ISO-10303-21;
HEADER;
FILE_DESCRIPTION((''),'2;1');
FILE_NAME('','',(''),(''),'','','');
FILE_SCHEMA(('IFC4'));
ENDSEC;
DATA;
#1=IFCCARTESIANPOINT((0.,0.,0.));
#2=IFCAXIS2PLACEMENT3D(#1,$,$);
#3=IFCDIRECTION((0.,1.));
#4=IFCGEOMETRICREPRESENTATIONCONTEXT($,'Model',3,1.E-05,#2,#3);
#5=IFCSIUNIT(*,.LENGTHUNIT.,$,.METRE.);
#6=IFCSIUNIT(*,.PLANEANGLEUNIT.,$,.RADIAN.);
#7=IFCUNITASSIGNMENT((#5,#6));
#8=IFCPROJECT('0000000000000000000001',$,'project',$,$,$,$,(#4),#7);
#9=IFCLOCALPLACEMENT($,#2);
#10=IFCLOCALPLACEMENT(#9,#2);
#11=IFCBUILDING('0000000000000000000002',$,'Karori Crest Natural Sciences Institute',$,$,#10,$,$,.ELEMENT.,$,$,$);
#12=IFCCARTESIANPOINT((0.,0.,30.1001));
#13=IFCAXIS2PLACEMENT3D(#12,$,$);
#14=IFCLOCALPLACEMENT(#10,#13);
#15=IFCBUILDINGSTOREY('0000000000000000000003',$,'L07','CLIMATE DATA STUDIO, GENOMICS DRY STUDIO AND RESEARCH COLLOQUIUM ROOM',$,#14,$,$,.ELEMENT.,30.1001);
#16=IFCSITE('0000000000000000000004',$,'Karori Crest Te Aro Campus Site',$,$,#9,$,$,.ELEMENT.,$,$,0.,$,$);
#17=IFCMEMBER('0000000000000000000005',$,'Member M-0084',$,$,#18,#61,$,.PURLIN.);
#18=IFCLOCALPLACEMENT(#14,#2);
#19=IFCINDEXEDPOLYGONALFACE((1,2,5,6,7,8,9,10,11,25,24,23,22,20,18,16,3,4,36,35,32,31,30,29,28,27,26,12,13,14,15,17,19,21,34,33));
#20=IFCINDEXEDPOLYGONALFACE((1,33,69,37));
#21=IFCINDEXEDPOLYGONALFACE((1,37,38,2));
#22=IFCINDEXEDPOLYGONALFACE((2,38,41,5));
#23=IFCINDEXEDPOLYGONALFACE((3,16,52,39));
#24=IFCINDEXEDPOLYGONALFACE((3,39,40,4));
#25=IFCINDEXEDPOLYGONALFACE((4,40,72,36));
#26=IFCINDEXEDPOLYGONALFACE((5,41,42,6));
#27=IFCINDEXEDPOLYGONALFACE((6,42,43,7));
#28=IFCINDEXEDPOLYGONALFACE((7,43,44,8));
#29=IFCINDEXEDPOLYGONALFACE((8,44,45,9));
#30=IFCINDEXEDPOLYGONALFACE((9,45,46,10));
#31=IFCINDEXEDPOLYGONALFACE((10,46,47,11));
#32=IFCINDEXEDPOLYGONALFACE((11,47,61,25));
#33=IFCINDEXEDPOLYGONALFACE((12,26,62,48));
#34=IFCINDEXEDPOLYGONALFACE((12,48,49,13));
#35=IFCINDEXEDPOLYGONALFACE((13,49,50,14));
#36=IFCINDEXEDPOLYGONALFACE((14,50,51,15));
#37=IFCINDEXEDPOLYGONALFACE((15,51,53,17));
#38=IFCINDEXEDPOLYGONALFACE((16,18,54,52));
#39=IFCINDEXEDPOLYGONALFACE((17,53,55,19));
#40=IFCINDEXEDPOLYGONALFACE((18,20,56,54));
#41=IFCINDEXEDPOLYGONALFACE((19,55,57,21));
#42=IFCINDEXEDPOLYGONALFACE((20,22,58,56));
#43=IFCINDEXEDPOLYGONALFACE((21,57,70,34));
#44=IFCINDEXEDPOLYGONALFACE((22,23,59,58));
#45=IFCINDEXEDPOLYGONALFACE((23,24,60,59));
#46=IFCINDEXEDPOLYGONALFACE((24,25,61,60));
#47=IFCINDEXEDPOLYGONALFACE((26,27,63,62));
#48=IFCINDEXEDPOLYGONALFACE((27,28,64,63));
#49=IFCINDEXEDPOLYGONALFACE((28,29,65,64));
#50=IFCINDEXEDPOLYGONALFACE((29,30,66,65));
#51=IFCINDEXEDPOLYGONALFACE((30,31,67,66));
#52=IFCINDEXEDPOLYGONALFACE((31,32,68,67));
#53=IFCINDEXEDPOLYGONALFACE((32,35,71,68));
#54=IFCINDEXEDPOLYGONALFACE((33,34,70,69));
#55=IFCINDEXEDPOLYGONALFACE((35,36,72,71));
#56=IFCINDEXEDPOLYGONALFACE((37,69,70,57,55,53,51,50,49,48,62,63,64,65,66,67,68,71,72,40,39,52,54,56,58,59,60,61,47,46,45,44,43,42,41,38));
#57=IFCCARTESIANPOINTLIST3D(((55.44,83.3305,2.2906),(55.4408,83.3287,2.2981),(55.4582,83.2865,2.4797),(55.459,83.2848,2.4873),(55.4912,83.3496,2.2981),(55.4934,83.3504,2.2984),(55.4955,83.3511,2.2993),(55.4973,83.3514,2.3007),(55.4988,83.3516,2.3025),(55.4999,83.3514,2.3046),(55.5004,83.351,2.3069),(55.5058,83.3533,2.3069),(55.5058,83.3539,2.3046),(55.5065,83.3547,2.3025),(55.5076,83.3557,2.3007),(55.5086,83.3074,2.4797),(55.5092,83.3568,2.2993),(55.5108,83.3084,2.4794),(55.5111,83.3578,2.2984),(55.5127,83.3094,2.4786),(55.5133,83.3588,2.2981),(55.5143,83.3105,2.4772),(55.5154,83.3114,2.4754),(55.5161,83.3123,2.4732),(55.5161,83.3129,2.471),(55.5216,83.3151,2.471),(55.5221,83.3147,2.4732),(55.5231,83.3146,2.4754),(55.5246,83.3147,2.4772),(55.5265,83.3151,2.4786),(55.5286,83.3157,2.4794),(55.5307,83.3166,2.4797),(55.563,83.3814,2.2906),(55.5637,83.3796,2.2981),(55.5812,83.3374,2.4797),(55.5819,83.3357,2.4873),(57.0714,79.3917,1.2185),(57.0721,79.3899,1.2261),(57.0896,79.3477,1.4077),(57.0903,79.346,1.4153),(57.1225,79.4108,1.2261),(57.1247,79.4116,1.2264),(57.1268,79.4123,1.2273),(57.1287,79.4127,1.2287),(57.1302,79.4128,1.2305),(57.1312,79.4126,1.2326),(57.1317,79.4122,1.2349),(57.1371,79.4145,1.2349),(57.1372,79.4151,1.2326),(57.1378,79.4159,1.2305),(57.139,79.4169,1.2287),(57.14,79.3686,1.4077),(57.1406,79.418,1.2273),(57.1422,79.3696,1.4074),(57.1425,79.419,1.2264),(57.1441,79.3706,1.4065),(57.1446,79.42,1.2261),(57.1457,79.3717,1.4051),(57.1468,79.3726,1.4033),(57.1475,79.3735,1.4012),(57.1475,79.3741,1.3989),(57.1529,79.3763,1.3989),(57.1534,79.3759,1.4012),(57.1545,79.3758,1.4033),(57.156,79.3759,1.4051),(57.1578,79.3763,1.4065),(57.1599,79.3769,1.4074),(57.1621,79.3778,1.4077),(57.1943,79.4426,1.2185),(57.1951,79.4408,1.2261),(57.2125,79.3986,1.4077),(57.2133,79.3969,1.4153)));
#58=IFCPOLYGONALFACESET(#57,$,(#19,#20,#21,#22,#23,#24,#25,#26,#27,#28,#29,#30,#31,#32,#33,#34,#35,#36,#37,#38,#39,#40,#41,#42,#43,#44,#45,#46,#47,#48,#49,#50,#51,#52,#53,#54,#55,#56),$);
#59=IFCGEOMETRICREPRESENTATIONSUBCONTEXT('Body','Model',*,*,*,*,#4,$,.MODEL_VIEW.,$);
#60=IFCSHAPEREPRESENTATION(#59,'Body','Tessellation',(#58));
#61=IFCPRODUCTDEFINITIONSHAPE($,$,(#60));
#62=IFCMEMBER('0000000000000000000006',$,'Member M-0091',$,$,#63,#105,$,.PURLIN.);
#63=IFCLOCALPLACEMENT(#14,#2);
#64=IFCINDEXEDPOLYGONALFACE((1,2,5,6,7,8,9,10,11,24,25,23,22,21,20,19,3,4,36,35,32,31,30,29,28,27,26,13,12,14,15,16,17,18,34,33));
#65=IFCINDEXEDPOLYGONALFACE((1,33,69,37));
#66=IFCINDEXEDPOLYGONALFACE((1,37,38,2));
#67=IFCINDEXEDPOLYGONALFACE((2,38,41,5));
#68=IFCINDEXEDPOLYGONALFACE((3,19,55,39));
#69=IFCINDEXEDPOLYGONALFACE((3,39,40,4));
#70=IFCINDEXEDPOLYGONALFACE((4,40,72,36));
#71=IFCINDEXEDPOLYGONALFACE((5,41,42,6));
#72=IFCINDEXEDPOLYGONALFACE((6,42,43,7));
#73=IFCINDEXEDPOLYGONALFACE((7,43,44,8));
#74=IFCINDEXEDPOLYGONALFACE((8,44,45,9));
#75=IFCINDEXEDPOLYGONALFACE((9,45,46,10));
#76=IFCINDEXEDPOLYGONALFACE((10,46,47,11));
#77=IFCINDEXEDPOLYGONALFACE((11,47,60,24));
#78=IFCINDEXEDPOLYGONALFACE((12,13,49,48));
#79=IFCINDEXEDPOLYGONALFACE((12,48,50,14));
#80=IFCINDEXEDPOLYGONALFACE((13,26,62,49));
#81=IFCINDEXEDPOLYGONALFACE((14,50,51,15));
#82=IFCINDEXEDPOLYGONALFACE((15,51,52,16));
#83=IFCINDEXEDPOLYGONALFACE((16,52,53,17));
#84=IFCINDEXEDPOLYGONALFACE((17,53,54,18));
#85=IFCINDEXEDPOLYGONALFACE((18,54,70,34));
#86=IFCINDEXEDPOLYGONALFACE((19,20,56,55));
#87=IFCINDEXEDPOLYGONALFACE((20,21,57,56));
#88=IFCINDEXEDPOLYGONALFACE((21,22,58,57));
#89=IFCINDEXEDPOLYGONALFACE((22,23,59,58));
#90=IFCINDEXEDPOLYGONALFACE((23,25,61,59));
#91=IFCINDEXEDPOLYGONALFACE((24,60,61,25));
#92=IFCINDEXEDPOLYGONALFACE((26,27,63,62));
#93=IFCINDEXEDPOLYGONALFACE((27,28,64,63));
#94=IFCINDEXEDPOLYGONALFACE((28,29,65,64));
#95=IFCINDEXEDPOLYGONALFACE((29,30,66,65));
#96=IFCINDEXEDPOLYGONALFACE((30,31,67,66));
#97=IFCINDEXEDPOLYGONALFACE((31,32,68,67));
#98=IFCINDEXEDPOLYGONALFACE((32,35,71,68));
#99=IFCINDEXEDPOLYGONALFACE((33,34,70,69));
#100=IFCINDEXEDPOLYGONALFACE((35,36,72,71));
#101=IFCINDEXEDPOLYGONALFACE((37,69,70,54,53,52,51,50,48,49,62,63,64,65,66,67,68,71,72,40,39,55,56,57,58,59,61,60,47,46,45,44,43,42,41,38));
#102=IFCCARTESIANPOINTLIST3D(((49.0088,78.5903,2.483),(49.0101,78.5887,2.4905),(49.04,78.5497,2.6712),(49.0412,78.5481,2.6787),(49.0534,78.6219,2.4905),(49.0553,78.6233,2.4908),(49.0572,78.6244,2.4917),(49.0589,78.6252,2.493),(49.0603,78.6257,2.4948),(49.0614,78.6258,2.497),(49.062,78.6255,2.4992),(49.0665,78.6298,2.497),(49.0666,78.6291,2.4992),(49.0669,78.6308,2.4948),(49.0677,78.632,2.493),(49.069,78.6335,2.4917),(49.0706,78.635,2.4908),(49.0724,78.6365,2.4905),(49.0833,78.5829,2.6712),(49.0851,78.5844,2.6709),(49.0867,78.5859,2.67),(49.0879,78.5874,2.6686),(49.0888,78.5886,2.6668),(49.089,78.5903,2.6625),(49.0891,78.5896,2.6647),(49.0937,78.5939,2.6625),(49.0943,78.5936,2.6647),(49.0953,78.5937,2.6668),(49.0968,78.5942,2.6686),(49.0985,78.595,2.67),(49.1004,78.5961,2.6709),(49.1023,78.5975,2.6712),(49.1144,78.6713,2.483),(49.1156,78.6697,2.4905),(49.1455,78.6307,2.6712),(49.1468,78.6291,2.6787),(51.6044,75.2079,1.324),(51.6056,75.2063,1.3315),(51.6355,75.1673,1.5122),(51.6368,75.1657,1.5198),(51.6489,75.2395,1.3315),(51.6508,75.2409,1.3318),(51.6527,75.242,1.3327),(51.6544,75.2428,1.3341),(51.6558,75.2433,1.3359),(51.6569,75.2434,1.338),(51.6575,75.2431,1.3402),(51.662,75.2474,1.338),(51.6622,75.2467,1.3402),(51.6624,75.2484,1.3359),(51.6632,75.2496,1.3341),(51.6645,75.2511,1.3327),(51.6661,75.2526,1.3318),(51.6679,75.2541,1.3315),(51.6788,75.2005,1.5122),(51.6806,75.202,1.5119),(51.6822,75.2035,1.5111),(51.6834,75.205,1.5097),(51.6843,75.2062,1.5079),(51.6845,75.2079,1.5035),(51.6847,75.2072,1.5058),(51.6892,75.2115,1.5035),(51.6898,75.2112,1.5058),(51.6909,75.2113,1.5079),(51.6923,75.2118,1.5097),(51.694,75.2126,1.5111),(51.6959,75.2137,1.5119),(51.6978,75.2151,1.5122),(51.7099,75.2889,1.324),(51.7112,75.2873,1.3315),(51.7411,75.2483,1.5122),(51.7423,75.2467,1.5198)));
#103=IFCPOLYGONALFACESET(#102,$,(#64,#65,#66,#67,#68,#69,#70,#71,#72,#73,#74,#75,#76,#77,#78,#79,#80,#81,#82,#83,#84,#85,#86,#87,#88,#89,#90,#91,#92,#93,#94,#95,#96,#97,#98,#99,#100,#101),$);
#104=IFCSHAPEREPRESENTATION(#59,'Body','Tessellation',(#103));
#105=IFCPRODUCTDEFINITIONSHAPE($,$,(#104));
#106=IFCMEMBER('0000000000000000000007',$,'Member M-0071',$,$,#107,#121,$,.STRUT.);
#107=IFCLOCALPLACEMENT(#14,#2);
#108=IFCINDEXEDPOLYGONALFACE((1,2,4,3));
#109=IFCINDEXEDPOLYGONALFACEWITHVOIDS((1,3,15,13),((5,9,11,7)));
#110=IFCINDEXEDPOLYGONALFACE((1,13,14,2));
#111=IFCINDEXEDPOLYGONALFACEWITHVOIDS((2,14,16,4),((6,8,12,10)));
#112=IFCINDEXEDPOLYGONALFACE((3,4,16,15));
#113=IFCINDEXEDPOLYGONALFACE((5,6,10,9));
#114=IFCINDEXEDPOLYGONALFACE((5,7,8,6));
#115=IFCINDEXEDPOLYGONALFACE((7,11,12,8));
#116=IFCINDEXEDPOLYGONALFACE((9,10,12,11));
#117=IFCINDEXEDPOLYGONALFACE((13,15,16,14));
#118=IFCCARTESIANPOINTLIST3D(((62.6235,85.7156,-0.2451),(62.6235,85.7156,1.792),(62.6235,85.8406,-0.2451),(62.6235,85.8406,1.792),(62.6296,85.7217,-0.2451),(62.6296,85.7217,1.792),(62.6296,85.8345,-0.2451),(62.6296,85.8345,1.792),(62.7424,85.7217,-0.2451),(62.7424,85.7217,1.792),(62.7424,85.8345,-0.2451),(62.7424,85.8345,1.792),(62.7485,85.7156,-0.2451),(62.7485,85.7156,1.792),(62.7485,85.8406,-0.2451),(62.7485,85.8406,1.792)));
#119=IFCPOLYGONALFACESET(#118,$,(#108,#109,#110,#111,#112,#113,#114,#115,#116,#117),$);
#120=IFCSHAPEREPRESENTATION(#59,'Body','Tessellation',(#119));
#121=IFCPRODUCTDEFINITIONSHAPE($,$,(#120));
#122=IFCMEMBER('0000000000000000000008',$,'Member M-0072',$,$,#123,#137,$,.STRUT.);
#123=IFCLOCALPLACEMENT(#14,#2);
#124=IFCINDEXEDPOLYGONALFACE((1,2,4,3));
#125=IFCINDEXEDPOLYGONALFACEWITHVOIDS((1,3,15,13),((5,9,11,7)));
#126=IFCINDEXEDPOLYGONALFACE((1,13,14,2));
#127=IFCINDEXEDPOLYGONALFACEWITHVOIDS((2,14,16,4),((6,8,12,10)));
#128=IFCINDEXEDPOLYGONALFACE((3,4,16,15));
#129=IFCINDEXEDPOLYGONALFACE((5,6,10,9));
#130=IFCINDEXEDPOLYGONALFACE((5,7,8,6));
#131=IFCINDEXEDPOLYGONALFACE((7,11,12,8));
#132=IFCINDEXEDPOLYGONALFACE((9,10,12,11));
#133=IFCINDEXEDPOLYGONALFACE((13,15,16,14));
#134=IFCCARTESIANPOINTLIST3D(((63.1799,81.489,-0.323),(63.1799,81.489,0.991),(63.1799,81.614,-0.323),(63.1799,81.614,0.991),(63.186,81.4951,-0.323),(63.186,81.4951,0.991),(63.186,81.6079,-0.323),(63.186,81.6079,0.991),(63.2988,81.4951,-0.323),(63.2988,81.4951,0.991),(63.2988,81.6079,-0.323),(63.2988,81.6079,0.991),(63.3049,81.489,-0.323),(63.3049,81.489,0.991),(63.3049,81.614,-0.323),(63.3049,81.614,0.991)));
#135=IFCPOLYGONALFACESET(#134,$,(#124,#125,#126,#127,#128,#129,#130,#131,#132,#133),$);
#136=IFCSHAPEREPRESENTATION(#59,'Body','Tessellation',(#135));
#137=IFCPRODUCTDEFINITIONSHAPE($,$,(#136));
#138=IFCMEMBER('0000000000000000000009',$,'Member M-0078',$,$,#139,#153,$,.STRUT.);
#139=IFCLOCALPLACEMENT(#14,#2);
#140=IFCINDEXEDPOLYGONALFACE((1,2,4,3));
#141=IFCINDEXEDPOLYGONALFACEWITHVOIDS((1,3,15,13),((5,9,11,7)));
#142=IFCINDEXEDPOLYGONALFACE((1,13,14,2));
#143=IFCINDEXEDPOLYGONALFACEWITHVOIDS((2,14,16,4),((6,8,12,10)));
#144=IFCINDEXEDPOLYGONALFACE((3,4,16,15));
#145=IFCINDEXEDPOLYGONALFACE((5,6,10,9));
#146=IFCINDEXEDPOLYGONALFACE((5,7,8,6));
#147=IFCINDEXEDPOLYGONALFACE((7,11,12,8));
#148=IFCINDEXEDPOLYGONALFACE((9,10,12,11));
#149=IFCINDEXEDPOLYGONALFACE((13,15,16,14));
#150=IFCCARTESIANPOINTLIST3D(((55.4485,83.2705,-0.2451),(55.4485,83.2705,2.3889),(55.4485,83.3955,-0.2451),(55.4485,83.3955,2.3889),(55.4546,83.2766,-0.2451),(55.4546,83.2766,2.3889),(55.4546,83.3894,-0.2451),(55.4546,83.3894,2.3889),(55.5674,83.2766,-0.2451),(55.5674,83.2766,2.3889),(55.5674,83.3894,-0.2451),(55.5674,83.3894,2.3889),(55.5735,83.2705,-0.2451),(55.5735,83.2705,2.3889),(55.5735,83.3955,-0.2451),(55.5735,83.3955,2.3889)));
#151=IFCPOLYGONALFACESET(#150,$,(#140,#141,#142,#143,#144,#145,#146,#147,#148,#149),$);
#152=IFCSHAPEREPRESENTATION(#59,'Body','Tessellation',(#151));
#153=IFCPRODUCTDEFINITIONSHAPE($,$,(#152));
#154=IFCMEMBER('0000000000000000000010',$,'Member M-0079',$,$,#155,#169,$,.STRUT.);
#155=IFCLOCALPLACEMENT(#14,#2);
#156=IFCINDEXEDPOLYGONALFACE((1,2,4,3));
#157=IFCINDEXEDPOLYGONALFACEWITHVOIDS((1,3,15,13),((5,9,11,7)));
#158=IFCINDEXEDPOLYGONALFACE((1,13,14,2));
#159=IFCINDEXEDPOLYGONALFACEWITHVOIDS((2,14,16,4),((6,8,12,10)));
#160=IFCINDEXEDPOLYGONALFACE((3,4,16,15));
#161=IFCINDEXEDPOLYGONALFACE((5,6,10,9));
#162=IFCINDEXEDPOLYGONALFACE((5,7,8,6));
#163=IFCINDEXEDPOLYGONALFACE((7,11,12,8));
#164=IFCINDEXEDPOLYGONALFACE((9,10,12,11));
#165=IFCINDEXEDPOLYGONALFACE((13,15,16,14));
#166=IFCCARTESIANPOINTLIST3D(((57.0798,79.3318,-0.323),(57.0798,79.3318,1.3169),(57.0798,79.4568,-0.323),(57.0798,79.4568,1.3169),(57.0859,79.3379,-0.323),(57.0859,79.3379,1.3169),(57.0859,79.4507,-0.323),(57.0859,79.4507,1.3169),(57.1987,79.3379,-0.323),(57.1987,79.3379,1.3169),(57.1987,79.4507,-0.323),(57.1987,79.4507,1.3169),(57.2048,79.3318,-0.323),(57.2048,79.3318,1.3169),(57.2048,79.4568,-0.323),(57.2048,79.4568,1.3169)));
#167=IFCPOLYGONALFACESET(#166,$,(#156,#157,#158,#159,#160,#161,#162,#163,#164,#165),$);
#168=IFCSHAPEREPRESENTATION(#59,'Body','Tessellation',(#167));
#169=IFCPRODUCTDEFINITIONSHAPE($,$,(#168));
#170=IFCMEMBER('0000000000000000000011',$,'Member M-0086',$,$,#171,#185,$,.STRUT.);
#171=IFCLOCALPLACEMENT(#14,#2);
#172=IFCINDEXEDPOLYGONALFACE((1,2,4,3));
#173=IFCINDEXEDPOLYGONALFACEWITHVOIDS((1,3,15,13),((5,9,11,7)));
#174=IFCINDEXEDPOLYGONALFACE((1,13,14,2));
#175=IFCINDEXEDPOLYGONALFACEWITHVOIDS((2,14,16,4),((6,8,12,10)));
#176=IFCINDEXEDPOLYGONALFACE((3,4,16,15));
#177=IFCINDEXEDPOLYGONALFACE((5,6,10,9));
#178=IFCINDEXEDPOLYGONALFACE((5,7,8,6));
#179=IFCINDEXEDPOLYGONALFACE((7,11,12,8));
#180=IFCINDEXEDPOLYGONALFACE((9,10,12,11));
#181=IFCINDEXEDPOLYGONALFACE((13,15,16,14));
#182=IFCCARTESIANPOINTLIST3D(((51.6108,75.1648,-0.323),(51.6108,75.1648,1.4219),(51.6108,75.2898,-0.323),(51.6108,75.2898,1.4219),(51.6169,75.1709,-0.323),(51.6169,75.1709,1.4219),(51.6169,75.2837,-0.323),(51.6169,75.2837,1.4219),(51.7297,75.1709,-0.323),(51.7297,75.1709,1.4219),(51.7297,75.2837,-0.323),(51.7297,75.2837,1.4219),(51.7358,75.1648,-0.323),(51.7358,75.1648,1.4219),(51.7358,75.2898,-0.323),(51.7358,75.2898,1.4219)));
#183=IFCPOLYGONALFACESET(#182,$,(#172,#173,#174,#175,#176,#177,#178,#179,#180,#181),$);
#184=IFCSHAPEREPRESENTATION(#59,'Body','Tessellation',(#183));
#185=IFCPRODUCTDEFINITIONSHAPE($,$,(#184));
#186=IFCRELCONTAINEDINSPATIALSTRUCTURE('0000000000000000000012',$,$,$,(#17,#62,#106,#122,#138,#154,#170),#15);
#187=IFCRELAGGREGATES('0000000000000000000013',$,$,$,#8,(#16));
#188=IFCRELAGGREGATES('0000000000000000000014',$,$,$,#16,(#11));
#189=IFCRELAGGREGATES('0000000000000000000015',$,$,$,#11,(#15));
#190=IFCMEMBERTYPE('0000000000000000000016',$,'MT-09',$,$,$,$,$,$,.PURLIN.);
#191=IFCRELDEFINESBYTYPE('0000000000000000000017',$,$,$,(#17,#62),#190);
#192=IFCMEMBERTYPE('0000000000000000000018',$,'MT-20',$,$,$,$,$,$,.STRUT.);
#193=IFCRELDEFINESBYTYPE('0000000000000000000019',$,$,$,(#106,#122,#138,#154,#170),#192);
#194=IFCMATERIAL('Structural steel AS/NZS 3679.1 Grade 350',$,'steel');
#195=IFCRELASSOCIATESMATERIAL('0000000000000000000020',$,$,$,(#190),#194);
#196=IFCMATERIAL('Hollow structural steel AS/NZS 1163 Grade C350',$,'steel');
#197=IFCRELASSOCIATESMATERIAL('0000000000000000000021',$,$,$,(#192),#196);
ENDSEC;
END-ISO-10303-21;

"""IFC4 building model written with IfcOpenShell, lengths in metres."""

from ifc_helpers import new_model, si_unit, direction, frame, origin, origin_2d, place, context, subcontext, project, spatial, hollow_rectangle, i_section, extrude, material, material_profile, profile_set, type_object, element, save


model = new_model("IFC4")

# Units and contexts
model_context = context("Model", 3, precision=1e-05, world=origin(), true_north=direction((0.0, 1.0)))
body_context = subcontext(model_context, "Body", "Model", "MODEL_VIEW")
ifc_project = project(units=[si_unit("LENGTHUNIT", "METRE"), si_unit("PLANEANGLEUNIT", "RADIAN")], contexts=[model_context])

# Site, building, storey
site_placement = place(None, origin())
site = spatial("IfcSite", under=ifc_project, at=site_placement, Name="Karori Crest Te Aro Campus Site", CompositionType="ELEMENT", RefElevation=0.0)
building_placement = place(site_placement, origin())
building = spatial("IfcBuilding", under=site, at=building_placement, Name="Karori Crest Natural Sciences Institute", CompositionType="ELEMENT")
storey_placement = place(building_placement, frame((0.0, 0.0, 30.1001)))
storey = spatial("IfcBuildingStorey", under=building, at=storey_placement, Name="L07", Description="CLIMATE DATA STUDIO, GENOMICS DRY STUDIO AND RESEARCH COLLOQUIUM ROOM", CompositionType="ELEMENT", Elevation=30.1001)

# Members
ifc_material_1 = material(Name="Structural steel AS/NZS 3679.1 Grade 350", Category="steel")
ifc_material_profile_1 = material_profile(ifc_material_1, i_section(OverallWidth=0.1331, OverallDepth=0.2029, WebThickness=0.0059, FlangeThickness=0.0078, FilletRadius=0.009, at=origin_2d()), Name="200UB25.4")
ifc_profile_set_1 = profile_set([ifc_material_profile_1], Name="Structural steel AS/NZS 3679.1 Grade 350")
member_type_1 = type_object("IfcMemberType", Name="MT-09", PredefinedType="PURLIN", material=ifc_profile_set_1)
member_1_placement = place(storey_placement, frame((57.1423, 79.3943, 1.3169), z_axis=(-0.371106, 0.895996, 0.243868), x_axis=(-0.92389, -0.382659, 0.0)))
element("IfcMember", 1, at=member_1_placement, inside=storey, type_object=member_type_1, Name="Member M-0084", PredefinedType="PURLIN", context=body_context, shape_type="SweptSolid", body=[
    extrude(i_section(OverallWidth=0.1331, OverallDepth=0.2029, WebThickness=0.0059, FlangeThickness=0.0078, FilletRadius=0.009, at=origin_2d()), origin(), (0.0, 0.0, 1.0), 4.396),
])
member_2_placement = place(storey_placement, frame((51.6733, 75.2273, 1.4219), z_axis=(-0.58746, 0.76556, 0.262315), x_axis=(-0.793341, -0.608778, 0.0)))
element("IfcMember", 2, at=member_2_placement, inside=storey, type_object=member_type_1, Name="Member M-0091", PredefinedType="PURLIN", context=body_context, shape_type="SweptSolid", body=[
    extrude(i_section(OverallWidth=0.1331, OverallDepth=0.2029, WebThickness=0.0059, FlangeThickness=0.0078, FilletRadius=0.009, at=origin_2d()), origin(), (0.0, 0.0, 1.0), 4.4182),
])
ifc_material_2 = material(Name="Hollow structural steel AS/NZS 1163 Grade C350", Category="steel")
ifc_material_profile_2 = material_profile(ifc_material_2, hollow_rectangle(XDim=0.125, YDim=0.125, WallThickness=0.0061, at=origin_2d()), Name="SHS125x125x6")
ifc_profile_set_2 = profile_set([ifc_material_profile_2], Name="Hollow structural steel AS/NZS 1163 Grade C350")
member_type_2 = type_object("IfcMemberType", Name="MT-20", PredefinedType="STRUT", material=ifc_profile_set_2)
member_3_placement = place(storey_placement, frame((62.686, 85.7781, -0.2451), z_axis=(0.0, 0.0, 1.0), x_axis=(1.0, 0.0, 0.0)))
element("IfcMember", 3, at=member_3_placement, inside=storey, type_object=member_type_2, Name="Member M-0071", PredefinedType="STRUT", context=body_context, shape_type="SweptSolid", body=[
    extrude(hollow_rectangle(XDim=0.125, YDim=0.125, WallThickness=0.0061, at=origin_2d()), origin(), (0.0, 0.0, 1.0), 2.0371),
])
member_4_placement = place(storey_placement, frame((63.2424, 81.5515, -0.323), z_axis=(0.0, 0.0, 1.0), x_axis=(1.0, 0.0, 0.0)))
element("IfcMember", 4, at=member_4_placement, inside=storey, type_object=member_type_2, Name="Member M-0072", PredefinedType="STRUT", context=body_context, shape_type="SweptSolid", body=[
    extrude(hollow_rectangle(XDim=0.125, YDim=0.125, WallThickness=0.0061, at=origin_2d()), origin(), (0.0, 0.0, 1.0), 1.314),
])
member_5_placement = place(storey_placement, frame((55.511, 83.333, -0.2451), z_axis=(0.0, 0.0, 1.0), x_axis=(1.0, 0.0, 0.0)))
element("IfcMember", 5, at=member_5_placement, inside=storey, type_object=member_type_2, Name="Member M-0078", PredefinedType="STRUT", context=body_context, shape_type="SweptSolid", body=[
    extrude(hollow_rectangle(XDim=0.125, YDim=0.125, WallThickness=0.0061, at=origin_2d()), origin(), (0.0, 0.0, 1.0), 2.634),
])
member_6_placement = place(storey_placement, frame((57.1423, 79.3943, -0.323), z_axis=(0.0, 0.0, 1.0), x_axis=(1.0, 0.0, 0.0)))
element("IfcMember", 6, at=member_6_placement, inside=storey, type_object=member_type_2, Name="Member M-0079", PredefinedType="STRUT", context=body_context, shape_type="SweptSolid", body=[
    extrude(hollow_rectangle(XDim=0.125, YDim=0.125, WallThickness=0.0061, at=origin_2d()), origin(), (0.0, 0.0, 1.0), 1.6399),
])
member_7_placement = place(storey_placement, frame((51.6733, 75.2273, -0.323), z_axis=(0.0, 0.0, 1.0), x_axis=(1.0, 0.0, 0.0)))
element("IfcMember", 7, at=member_7_placement, inside=storey, type_object=member_type_2, Name="Member M-0086", PredefinedType="STRUT", context=body_context, shape_type="SweptSolid", body=[
    extrude(hollow_rectangle(XDim=0.125, YDim=0.125, WallThickness=0.0061, at=origin_2d()), origin(), (0.0, 0.0, 1.0), 1.7449),
])

save(model, "model.ifc")
